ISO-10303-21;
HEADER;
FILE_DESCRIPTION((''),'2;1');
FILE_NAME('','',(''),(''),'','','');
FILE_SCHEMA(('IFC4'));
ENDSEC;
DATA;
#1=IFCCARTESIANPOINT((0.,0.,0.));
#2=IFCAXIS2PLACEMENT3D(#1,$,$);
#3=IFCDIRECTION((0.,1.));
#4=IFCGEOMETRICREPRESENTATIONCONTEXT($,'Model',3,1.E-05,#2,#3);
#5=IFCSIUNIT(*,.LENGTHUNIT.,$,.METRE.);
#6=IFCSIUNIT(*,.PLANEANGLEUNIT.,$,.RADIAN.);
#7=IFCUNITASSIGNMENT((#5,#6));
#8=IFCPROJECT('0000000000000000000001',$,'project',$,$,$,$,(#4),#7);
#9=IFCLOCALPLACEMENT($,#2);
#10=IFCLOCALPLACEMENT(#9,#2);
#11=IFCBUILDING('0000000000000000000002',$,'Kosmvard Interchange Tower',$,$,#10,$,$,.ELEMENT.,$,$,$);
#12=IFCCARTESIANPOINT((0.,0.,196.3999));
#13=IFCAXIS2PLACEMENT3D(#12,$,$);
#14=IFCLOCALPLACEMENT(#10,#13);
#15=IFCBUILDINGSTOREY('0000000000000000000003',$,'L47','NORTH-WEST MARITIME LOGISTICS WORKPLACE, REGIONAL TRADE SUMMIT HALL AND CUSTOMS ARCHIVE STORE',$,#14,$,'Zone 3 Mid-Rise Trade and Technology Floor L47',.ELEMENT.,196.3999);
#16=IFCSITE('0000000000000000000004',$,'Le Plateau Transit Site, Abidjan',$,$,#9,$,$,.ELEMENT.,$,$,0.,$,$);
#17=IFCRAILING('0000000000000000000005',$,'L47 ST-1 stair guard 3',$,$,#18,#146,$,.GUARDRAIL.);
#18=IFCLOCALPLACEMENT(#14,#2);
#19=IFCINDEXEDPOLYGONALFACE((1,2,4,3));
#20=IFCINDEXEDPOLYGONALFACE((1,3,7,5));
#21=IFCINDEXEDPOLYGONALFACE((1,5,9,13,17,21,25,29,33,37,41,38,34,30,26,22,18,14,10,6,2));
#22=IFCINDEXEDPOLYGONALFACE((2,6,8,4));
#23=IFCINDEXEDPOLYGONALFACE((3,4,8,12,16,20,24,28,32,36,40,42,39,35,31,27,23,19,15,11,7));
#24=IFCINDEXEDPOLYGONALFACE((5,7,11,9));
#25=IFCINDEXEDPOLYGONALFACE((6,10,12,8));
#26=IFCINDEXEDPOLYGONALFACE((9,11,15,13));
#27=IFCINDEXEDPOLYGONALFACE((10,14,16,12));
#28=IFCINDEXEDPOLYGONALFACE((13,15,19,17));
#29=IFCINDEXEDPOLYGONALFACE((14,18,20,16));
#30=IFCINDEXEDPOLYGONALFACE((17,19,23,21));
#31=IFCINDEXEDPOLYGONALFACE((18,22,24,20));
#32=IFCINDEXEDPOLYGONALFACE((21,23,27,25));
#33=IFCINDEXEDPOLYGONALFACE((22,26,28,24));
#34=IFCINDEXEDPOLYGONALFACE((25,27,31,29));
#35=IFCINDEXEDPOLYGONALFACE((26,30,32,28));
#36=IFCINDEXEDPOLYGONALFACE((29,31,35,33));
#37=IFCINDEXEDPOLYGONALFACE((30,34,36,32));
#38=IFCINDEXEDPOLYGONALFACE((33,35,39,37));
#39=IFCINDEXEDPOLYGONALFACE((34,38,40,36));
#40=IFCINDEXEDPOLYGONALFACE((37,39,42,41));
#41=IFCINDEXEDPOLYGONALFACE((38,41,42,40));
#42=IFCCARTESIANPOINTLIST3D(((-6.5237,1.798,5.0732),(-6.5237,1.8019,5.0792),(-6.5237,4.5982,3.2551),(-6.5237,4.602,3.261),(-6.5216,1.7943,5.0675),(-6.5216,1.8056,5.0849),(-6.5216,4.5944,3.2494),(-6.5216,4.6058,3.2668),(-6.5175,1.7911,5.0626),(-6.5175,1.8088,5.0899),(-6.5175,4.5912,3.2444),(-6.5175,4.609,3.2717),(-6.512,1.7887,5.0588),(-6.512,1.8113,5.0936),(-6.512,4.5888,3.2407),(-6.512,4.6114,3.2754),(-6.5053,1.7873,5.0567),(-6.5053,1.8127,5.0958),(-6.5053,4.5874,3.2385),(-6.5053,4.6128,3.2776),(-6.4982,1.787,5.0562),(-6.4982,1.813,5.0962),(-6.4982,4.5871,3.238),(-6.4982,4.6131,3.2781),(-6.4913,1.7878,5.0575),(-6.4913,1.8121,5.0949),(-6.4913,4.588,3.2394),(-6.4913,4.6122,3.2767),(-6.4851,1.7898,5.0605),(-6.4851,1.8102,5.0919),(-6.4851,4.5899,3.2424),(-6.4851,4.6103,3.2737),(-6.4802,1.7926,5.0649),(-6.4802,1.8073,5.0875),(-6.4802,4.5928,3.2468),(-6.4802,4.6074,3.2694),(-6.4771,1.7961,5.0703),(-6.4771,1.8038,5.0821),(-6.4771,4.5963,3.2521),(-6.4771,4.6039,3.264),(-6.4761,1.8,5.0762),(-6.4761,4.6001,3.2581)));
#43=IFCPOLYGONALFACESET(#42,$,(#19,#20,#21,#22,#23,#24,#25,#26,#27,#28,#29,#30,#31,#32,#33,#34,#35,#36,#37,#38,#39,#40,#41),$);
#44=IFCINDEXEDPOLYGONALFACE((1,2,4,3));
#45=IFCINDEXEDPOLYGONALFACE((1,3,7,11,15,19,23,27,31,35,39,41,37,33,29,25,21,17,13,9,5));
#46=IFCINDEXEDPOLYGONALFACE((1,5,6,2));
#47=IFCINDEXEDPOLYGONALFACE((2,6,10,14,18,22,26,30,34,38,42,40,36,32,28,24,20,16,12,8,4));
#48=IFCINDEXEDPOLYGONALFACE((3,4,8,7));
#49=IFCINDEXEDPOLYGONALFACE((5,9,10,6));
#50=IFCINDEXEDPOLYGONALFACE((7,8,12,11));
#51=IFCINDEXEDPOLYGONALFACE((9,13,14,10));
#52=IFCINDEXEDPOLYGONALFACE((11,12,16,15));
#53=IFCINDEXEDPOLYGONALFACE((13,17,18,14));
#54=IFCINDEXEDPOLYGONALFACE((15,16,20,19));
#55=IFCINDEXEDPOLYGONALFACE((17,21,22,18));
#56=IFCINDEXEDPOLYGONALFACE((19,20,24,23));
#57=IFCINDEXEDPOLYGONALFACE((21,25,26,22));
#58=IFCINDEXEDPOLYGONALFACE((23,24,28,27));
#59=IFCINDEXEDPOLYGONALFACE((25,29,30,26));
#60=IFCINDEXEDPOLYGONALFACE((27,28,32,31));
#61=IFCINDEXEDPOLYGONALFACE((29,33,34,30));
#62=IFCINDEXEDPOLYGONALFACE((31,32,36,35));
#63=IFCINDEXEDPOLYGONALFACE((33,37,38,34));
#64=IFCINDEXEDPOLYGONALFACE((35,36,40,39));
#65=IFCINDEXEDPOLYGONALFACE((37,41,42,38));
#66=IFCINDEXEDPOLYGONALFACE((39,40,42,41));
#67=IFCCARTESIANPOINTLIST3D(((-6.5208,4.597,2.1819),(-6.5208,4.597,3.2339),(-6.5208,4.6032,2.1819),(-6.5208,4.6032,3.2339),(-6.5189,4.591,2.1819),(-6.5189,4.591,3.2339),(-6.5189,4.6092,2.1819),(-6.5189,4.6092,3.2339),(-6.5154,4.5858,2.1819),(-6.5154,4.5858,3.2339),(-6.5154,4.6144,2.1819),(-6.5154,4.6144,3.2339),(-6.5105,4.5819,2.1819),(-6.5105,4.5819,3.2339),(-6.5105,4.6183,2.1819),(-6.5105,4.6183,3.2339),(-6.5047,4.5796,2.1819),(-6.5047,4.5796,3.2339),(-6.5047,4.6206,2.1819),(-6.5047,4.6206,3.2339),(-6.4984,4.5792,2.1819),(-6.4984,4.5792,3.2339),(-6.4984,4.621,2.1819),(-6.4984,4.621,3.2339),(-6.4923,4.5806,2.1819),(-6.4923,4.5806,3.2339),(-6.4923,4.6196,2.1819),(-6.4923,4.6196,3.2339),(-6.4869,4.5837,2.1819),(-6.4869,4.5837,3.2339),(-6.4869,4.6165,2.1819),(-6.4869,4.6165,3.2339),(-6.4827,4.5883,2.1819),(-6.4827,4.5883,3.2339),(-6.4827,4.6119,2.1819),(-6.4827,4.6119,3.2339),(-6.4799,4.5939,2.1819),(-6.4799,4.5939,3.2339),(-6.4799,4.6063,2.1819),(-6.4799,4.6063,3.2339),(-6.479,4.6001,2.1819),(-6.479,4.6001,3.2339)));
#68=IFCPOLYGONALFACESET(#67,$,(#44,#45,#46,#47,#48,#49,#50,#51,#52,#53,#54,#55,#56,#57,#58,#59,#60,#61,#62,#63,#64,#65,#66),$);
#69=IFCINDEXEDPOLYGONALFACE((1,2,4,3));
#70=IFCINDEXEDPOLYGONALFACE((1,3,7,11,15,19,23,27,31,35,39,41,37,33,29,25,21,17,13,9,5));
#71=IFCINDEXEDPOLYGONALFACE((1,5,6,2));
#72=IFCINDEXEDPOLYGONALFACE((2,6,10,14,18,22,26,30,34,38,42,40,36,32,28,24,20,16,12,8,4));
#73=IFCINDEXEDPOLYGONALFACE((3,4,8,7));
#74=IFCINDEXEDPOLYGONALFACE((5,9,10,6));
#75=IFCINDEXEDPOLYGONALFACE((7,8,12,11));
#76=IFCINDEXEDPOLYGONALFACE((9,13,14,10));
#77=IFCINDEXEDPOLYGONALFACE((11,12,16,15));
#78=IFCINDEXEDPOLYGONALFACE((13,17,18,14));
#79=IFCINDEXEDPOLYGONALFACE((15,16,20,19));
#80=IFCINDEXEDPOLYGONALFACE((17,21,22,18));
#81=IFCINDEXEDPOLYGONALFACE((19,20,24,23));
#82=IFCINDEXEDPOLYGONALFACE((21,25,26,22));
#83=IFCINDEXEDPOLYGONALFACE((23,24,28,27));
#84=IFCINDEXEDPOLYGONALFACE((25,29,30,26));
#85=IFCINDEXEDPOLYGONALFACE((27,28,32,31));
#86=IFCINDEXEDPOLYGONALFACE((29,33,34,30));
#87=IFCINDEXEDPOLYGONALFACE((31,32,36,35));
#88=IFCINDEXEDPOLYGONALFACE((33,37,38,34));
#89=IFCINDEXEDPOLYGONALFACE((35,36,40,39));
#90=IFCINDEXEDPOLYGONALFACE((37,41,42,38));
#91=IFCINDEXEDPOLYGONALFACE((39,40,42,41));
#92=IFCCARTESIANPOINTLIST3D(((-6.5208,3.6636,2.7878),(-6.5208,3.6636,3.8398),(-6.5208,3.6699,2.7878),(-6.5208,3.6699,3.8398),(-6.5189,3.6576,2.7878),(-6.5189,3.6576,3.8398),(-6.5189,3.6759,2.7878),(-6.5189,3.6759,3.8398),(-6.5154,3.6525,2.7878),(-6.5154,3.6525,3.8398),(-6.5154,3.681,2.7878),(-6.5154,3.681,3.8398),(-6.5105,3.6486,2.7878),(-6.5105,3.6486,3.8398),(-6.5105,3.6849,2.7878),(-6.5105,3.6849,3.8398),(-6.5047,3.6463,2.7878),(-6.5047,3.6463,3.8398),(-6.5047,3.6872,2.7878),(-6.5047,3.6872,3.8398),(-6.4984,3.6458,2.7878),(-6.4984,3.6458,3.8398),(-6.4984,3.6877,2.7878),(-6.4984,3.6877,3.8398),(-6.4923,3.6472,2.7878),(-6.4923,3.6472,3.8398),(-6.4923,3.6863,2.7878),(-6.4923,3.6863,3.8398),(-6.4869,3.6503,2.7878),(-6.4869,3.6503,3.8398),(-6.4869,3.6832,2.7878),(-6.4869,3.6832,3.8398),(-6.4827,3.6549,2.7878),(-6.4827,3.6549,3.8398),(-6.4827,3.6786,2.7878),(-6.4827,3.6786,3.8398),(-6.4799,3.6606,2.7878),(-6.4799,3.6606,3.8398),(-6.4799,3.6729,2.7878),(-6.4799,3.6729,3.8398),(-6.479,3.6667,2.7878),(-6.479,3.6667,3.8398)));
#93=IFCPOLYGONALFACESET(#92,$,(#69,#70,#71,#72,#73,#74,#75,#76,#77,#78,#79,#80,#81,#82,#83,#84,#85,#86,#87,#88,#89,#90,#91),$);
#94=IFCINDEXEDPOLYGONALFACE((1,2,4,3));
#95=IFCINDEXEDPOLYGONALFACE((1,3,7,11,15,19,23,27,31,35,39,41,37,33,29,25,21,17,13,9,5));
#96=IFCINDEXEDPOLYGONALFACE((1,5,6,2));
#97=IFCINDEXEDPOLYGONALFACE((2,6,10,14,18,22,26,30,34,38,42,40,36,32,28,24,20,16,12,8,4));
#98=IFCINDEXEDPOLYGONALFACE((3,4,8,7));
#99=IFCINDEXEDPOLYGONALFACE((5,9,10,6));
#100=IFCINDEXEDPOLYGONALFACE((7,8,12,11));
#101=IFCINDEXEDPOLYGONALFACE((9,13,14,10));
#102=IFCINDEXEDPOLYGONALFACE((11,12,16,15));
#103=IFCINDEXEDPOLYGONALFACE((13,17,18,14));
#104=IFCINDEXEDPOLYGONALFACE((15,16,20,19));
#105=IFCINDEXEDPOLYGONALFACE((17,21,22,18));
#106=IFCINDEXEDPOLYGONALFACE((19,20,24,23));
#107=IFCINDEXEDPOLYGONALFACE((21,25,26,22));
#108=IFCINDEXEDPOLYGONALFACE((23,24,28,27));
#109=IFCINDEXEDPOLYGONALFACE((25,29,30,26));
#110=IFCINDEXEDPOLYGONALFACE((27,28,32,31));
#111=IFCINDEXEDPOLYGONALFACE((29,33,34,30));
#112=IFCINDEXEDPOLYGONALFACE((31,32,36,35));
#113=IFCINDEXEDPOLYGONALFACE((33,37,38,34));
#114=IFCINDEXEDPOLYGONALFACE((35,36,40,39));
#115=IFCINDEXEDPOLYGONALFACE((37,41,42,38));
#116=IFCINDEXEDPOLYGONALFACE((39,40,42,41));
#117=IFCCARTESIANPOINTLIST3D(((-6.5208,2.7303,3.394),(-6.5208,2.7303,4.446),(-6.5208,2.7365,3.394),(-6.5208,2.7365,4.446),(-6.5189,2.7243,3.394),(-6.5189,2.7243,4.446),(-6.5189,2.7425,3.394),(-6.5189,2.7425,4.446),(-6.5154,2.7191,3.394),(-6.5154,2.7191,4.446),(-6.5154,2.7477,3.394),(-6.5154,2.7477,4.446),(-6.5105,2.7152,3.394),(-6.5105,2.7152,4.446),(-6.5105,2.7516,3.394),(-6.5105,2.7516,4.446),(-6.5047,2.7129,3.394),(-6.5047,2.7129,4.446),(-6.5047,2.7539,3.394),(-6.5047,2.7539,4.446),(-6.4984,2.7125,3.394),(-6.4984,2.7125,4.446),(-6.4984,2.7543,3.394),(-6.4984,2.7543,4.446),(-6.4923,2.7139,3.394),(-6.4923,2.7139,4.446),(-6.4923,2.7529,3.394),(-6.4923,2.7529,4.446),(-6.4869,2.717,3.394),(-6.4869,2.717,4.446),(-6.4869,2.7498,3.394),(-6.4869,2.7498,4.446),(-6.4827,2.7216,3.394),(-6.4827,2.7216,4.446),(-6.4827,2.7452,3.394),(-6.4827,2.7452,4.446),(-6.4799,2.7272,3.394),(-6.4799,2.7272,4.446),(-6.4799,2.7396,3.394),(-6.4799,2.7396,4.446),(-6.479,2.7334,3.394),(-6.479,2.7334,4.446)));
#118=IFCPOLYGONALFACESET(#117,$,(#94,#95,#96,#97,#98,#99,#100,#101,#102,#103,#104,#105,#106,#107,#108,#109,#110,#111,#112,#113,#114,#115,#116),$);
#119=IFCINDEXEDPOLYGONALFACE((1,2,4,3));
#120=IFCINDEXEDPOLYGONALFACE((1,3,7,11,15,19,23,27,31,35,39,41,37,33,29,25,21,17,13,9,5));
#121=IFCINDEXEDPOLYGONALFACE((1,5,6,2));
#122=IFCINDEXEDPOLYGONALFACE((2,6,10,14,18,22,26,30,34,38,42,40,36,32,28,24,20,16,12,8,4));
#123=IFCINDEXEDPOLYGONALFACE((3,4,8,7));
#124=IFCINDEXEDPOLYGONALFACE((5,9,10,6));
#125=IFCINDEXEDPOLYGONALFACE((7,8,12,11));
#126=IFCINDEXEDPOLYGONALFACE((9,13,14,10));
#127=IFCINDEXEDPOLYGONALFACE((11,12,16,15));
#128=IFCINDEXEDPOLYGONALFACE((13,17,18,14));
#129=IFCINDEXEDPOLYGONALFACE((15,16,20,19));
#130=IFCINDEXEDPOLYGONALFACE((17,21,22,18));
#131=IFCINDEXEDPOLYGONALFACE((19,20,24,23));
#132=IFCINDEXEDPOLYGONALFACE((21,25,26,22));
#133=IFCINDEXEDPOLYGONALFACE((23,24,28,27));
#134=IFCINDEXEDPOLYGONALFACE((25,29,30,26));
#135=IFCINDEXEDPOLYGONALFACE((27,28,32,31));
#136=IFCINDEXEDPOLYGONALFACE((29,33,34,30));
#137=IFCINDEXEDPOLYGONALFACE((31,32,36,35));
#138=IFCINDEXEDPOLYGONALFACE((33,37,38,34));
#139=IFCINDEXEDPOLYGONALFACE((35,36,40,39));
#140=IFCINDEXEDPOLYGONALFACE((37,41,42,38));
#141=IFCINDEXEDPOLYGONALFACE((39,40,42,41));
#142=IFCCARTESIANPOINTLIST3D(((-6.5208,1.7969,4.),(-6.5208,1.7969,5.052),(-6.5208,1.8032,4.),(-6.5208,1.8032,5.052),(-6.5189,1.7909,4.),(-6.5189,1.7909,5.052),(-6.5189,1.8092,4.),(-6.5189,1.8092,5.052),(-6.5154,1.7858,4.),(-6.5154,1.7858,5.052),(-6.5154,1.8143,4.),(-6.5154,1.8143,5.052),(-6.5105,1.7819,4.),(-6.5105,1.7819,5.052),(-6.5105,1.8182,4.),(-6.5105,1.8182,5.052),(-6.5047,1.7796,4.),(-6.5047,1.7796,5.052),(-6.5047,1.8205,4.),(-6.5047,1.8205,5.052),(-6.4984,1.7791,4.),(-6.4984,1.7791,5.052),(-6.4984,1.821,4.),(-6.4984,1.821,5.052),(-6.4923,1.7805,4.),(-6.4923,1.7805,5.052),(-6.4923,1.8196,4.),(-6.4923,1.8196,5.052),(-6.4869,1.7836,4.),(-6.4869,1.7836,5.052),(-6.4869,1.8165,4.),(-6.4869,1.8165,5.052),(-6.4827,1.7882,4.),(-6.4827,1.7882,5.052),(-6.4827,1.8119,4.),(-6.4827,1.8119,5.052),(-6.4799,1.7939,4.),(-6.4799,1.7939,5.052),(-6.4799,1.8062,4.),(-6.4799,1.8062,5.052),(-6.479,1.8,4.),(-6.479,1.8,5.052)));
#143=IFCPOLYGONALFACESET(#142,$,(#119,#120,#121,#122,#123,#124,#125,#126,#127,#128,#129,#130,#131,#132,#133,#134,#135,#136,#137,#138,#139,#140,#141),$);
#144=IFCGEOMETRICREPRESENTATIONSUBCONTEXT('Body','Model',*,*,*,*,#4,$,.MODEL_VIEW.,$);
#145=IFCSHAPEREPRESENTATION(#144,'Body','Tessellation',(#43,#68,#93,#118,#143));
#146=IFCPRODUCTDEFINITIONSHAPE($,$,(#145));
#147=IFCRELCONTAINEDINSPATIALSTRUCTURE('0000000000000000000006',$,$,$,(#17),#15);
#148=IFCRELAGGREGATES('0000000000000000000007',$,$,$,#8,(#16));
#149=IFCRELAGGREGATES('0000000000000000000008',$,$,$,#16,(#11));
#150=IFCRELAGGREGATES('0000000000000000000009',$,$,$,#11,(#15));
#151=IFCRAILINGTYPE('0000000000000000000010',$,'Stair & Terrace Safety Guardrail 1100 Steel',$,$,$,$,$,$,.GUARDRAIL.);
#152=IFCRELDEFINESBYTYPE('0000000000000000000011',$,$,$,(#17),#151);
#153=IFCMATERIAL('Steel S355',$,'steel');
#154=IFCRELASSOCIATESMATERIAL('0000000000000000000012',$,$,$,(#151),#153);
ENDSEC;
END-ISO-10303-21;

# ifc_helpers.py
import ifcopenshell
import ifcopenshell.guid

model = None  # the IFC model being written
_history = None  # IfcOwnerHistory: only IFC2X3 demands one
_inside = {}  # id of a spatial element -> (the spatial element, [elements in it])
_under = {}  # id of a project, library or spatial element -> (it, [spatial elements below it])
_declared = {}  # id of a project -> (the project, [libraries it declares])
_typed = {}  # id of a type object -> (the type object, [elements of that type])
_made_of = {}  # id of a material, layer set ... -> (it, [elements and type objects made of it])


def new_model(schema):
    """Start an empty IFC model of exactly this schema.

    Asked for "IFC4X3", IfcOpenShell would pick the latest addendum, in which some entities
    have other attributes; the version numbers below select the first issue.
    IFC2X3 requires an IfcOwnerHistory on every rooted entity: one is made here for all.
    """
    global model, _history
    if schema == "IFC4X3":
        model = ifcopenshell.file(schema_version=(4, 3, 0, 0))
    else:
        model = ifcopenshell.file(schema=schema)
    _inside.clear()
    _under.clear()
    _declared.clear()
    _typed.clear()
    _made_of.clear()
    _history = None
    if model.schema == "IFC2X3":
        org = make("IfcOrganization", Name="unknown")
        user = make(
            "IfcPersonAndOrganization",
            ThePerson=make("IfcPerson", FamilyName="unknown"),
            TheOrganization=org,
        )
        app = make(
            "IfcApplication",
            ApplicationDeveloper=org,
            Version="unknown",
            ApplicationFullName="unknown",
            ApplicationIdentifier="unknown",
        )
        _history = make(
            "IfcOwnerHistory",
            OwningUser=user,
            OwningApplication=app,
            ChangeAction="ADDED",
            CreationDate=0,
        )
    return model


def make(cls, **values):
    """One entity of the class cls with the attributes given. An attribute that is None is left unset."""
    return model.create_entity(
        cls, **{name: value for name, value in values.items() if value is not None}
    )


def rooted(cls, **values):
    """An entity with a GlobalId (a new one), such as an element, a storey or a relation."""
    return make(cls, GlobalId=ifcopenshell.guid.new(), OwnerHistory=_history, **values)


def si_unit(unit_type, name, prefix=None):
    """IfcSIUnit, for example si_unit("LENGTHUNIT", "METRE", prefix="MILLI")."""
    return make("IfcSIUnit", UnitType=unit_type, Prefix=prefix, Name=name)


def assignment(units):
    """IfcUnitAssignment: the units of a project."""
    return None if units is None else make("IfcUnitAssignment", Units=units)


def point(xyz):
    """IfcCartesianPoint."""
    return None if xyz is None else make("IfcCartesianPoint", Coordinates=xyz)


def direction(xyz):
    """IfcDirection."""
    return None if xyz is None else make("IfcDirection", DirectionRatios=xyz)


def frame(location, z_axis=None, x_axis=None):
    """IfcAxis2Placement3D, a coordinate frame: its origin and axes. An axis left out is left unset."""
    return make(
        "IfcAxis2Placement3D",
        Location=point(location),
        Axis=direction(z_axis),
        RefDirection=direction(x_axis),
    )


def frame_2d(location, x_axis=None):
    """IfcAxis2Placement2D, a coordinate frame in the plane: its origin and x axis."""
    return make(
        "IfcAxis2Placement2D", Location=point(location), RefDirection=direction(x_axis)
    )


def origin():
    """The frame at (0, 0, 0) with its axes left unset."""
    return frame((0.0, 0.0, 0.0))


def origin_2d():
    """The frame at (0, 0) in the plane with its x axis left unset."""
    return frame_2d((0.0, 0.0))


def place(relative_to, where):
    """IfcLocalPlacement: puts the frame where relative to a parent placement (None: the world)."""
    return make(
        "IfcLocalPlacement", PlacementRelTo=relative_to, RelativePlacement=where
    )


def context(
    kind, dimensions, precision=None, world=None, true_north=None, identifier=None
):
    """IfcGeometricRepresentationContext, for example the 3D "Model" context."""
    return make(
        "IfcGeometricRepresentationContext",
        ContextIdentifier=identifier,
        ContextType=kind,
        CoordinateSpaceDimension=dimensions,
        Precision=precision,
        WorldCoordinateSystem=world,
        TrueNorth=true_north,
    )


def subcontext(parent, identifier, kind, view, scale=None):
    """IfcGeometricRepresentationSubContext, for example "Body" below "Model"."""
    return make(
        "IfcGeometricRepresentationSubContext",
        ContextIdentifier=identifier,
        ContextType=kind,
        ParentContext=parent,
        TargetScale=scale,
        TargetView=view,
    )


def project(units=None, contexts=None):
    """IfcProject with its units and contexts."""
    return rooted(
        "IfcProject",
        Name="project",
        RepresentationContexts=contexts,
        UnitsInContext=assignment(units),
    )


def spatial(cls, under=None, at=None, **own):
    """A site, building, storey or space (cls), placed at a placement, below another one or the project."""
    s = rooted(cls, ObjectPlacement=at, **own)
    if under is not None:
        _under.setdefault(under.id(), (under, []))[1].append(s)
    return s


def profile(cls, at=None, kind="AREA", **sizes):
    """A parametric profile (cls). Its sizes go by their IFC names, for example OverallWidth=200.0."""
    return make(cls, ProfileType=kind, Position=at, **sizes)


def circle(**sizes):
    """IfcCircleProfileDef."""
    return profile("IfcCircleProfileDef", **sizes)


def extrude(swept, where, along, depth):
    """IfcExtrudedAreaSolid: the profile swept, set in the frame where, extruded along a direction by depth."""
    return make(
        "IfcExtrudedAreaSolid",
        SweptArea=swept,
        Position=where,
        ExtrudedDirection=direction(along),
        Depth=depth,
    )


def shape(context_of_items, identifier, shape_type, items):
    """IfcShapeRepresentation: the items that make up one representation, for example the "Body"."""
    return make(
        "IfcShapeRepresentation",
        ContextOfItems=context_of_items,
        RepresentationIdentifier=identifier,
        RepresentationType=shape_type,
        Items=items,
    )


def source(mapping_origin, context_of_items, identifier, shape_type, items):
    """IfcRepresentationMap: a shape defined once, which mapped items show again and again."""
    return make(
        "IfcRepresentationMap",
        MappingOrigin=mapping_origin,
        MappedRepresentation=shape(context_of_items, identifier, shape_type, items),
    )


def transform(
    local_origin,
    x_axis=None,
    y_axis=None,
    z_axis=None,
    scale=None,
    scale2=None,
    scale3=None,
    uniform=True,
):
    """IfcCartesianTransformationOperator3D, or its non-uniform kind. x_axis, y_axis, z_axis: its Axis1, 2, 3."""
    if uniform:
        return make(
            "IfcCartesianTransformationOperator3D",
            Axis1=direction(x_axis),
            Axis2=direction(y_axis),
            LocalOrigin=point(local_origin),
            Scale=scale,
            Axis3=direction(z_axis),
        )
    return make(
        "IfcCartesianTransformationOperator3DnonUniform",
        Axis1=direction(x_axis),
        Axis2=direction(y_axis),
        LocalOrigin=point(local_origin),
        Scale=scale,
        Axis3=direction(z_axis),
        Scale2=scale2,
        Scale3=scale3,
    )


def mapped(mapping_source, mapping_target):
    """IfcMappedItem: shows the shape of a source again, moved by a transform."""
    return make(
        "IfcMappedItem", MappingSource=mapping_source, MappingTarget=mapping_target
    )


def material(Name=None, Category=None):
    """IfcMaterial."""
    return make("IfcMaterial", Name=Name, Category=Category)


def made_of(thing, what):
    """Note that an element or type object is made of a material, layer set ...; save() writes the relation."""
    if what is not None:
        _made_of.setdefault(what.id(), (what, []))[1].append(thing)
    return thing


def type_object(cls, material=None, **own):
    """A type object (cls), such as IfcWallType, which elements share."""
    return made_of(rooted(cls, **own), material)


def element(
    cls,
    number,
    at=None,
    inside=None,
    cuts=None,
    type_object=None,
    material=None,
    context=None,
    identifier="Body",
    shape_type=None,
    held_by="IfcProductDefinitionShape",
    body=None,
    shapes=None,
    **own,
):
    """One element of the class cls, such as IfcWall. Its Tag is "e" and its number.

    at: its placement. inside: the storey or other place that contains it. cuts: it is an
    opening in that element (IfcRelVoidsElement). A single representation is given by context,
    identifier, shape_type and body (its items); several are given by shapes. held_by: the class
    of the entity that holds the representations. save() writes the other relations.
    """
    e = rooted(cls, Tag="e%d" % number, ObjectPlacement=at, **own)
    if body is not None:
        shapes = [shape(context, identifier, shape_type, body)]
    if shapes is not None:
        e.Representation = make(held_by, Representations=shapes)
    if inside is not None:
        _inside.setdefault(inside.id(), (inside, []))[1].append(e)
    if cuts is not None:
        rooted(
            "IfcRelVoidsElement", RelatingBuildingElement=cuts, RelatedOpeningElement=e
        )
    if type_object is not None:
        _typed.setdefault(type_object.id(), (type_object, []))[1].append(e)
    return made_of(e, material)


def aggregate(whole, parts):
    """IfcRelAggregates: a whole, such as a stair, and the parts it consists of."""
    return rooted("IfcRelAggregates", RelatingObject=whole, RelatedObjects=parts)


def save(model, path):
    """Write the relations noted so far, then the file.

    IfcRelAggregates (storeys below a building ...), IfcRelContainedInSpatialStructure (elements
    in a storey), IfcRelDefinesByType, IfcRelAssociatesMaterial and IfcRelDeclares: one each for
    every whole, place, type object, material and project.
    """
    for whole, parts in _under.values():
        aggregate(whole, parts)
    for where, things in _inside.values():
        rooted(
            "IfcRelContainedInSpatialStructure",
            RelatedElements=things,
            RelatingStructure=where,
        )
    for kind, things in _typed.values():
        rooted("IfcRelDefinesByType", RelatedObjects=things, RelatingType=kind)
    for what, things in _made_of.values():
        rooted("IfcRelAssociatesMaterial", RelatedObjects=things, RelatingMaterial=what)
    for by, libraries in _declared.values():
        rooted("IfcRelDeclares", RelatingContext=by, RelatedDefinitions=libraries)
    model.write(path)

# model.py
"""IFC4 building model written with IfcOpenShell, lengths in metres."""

from ifc_helpers import new_model, si_unit, direction, frame, origin, origin_2d, place, context, subcontext, project, spatial, circle, extrude, source, transform, mapped, material, type_object, element, save


model = new_model("IFC4")

# Units and contexts
model_context = context("Model", 3, precision=1e-05, world=origin(), true_north=direction((0.0, 1.0)))
body_context = subcontext(model_context, "Body", "Model", "MODEL_VIEW")
ifc_project = project(units=[si_unit("LENGTHUNIT", "METRE"), si_unit("PLANEANGLEUNIT", "RADIAN")], contexts=[model_context])

# Site, building, storey
site_placement = place(None, origin())
site = spatial("IfcSite", under=ifc_project, at=site_placement, Name="Le Plateau Transit Site, Abidjan", CompositionType="ELEMENT", RefElevation=0.0)
building_placement = place(site_placement, origin())
building = spatial("IfcBuilding", under=site, at=building_placement, Name="Kosmvard Interchange Tower", CompositionType="ELEMENT")
storey_placement = place(building_placement, frame((0.0, 0.0, 196.3999)))
storey = spatial("IfcBuildingStorey", under=building, at=storey_placement, Name="L47", Description="NORTH-WEST MARITIME LOGISTICS WORKPLACE, REGIONAL TRADE SUMMIT HALL AND CUSTOMS ARCHIVE STORE", LongName="Zone 3 Mid-Rise Trade and Technology Floor L47", CompositionType="ELEMENT", Elevation=196.3999)

# Shared definitions
ifc_material_1 = material(Name="Steel S355", Category="steel")

# Railing
railing_type_1 = type_object("IfcRailingType", Name="Stair & Terrace Safety Guardrail 1100 Steel", PredefinedType="GUARDRAIL", material=ifc_material_1)
shared_shape_1 = source(origin(), body_context, "Body", "SweptSolid", [
    extrude(circle(Radius=0.0239, at=origin_2d()), frame((0.0, 0.0, 1.0762), z_axis=(0.0, -0.838706, 0.544585), x_axis=(1.0, 0.0, 0.0)), (0.0, 0.0, 1.0), 3.3386),
    extrude(circle(Radius=0.021, at=origin_2d()), origin(), (0.0, 0.0, 1.0), 1.052),
    extrude(circle(Radius=0.021, at=origin_2d()), frame((0.0, -0.9333, 0.606)), (0.0, 0.0, 1.0), 1.052),
    extrude(circle(Radius=0.021, at=origin_2d()), frame((0.0, -1.8667, 1.2122)), (0.0, 0.0, 1.0), 1.052),
    extrude(circle(Radius=0.021, at=origin_2d()), frame((0.0, -2.8, 1.8181)), (0.0, 0.0, 1.0), 1.052),
])
railing_1_placement = place(storey_placement, frame((-6.5, 4.6001, 2.1819)))
element("IfcRailing", 1, at=railing_1_placement, inside=storey, type_object=railing_type_1, Name="L47 ST-1 stair guard 3", PredefinedType="GUARDRAIL", context=body_context, shape_type="MappedRepresentation", body=[
    mapped(shared_shape_1, transform((0.0, 0.0, 0.0), scale=1.0)),
])

save(model, "model.ifc")
